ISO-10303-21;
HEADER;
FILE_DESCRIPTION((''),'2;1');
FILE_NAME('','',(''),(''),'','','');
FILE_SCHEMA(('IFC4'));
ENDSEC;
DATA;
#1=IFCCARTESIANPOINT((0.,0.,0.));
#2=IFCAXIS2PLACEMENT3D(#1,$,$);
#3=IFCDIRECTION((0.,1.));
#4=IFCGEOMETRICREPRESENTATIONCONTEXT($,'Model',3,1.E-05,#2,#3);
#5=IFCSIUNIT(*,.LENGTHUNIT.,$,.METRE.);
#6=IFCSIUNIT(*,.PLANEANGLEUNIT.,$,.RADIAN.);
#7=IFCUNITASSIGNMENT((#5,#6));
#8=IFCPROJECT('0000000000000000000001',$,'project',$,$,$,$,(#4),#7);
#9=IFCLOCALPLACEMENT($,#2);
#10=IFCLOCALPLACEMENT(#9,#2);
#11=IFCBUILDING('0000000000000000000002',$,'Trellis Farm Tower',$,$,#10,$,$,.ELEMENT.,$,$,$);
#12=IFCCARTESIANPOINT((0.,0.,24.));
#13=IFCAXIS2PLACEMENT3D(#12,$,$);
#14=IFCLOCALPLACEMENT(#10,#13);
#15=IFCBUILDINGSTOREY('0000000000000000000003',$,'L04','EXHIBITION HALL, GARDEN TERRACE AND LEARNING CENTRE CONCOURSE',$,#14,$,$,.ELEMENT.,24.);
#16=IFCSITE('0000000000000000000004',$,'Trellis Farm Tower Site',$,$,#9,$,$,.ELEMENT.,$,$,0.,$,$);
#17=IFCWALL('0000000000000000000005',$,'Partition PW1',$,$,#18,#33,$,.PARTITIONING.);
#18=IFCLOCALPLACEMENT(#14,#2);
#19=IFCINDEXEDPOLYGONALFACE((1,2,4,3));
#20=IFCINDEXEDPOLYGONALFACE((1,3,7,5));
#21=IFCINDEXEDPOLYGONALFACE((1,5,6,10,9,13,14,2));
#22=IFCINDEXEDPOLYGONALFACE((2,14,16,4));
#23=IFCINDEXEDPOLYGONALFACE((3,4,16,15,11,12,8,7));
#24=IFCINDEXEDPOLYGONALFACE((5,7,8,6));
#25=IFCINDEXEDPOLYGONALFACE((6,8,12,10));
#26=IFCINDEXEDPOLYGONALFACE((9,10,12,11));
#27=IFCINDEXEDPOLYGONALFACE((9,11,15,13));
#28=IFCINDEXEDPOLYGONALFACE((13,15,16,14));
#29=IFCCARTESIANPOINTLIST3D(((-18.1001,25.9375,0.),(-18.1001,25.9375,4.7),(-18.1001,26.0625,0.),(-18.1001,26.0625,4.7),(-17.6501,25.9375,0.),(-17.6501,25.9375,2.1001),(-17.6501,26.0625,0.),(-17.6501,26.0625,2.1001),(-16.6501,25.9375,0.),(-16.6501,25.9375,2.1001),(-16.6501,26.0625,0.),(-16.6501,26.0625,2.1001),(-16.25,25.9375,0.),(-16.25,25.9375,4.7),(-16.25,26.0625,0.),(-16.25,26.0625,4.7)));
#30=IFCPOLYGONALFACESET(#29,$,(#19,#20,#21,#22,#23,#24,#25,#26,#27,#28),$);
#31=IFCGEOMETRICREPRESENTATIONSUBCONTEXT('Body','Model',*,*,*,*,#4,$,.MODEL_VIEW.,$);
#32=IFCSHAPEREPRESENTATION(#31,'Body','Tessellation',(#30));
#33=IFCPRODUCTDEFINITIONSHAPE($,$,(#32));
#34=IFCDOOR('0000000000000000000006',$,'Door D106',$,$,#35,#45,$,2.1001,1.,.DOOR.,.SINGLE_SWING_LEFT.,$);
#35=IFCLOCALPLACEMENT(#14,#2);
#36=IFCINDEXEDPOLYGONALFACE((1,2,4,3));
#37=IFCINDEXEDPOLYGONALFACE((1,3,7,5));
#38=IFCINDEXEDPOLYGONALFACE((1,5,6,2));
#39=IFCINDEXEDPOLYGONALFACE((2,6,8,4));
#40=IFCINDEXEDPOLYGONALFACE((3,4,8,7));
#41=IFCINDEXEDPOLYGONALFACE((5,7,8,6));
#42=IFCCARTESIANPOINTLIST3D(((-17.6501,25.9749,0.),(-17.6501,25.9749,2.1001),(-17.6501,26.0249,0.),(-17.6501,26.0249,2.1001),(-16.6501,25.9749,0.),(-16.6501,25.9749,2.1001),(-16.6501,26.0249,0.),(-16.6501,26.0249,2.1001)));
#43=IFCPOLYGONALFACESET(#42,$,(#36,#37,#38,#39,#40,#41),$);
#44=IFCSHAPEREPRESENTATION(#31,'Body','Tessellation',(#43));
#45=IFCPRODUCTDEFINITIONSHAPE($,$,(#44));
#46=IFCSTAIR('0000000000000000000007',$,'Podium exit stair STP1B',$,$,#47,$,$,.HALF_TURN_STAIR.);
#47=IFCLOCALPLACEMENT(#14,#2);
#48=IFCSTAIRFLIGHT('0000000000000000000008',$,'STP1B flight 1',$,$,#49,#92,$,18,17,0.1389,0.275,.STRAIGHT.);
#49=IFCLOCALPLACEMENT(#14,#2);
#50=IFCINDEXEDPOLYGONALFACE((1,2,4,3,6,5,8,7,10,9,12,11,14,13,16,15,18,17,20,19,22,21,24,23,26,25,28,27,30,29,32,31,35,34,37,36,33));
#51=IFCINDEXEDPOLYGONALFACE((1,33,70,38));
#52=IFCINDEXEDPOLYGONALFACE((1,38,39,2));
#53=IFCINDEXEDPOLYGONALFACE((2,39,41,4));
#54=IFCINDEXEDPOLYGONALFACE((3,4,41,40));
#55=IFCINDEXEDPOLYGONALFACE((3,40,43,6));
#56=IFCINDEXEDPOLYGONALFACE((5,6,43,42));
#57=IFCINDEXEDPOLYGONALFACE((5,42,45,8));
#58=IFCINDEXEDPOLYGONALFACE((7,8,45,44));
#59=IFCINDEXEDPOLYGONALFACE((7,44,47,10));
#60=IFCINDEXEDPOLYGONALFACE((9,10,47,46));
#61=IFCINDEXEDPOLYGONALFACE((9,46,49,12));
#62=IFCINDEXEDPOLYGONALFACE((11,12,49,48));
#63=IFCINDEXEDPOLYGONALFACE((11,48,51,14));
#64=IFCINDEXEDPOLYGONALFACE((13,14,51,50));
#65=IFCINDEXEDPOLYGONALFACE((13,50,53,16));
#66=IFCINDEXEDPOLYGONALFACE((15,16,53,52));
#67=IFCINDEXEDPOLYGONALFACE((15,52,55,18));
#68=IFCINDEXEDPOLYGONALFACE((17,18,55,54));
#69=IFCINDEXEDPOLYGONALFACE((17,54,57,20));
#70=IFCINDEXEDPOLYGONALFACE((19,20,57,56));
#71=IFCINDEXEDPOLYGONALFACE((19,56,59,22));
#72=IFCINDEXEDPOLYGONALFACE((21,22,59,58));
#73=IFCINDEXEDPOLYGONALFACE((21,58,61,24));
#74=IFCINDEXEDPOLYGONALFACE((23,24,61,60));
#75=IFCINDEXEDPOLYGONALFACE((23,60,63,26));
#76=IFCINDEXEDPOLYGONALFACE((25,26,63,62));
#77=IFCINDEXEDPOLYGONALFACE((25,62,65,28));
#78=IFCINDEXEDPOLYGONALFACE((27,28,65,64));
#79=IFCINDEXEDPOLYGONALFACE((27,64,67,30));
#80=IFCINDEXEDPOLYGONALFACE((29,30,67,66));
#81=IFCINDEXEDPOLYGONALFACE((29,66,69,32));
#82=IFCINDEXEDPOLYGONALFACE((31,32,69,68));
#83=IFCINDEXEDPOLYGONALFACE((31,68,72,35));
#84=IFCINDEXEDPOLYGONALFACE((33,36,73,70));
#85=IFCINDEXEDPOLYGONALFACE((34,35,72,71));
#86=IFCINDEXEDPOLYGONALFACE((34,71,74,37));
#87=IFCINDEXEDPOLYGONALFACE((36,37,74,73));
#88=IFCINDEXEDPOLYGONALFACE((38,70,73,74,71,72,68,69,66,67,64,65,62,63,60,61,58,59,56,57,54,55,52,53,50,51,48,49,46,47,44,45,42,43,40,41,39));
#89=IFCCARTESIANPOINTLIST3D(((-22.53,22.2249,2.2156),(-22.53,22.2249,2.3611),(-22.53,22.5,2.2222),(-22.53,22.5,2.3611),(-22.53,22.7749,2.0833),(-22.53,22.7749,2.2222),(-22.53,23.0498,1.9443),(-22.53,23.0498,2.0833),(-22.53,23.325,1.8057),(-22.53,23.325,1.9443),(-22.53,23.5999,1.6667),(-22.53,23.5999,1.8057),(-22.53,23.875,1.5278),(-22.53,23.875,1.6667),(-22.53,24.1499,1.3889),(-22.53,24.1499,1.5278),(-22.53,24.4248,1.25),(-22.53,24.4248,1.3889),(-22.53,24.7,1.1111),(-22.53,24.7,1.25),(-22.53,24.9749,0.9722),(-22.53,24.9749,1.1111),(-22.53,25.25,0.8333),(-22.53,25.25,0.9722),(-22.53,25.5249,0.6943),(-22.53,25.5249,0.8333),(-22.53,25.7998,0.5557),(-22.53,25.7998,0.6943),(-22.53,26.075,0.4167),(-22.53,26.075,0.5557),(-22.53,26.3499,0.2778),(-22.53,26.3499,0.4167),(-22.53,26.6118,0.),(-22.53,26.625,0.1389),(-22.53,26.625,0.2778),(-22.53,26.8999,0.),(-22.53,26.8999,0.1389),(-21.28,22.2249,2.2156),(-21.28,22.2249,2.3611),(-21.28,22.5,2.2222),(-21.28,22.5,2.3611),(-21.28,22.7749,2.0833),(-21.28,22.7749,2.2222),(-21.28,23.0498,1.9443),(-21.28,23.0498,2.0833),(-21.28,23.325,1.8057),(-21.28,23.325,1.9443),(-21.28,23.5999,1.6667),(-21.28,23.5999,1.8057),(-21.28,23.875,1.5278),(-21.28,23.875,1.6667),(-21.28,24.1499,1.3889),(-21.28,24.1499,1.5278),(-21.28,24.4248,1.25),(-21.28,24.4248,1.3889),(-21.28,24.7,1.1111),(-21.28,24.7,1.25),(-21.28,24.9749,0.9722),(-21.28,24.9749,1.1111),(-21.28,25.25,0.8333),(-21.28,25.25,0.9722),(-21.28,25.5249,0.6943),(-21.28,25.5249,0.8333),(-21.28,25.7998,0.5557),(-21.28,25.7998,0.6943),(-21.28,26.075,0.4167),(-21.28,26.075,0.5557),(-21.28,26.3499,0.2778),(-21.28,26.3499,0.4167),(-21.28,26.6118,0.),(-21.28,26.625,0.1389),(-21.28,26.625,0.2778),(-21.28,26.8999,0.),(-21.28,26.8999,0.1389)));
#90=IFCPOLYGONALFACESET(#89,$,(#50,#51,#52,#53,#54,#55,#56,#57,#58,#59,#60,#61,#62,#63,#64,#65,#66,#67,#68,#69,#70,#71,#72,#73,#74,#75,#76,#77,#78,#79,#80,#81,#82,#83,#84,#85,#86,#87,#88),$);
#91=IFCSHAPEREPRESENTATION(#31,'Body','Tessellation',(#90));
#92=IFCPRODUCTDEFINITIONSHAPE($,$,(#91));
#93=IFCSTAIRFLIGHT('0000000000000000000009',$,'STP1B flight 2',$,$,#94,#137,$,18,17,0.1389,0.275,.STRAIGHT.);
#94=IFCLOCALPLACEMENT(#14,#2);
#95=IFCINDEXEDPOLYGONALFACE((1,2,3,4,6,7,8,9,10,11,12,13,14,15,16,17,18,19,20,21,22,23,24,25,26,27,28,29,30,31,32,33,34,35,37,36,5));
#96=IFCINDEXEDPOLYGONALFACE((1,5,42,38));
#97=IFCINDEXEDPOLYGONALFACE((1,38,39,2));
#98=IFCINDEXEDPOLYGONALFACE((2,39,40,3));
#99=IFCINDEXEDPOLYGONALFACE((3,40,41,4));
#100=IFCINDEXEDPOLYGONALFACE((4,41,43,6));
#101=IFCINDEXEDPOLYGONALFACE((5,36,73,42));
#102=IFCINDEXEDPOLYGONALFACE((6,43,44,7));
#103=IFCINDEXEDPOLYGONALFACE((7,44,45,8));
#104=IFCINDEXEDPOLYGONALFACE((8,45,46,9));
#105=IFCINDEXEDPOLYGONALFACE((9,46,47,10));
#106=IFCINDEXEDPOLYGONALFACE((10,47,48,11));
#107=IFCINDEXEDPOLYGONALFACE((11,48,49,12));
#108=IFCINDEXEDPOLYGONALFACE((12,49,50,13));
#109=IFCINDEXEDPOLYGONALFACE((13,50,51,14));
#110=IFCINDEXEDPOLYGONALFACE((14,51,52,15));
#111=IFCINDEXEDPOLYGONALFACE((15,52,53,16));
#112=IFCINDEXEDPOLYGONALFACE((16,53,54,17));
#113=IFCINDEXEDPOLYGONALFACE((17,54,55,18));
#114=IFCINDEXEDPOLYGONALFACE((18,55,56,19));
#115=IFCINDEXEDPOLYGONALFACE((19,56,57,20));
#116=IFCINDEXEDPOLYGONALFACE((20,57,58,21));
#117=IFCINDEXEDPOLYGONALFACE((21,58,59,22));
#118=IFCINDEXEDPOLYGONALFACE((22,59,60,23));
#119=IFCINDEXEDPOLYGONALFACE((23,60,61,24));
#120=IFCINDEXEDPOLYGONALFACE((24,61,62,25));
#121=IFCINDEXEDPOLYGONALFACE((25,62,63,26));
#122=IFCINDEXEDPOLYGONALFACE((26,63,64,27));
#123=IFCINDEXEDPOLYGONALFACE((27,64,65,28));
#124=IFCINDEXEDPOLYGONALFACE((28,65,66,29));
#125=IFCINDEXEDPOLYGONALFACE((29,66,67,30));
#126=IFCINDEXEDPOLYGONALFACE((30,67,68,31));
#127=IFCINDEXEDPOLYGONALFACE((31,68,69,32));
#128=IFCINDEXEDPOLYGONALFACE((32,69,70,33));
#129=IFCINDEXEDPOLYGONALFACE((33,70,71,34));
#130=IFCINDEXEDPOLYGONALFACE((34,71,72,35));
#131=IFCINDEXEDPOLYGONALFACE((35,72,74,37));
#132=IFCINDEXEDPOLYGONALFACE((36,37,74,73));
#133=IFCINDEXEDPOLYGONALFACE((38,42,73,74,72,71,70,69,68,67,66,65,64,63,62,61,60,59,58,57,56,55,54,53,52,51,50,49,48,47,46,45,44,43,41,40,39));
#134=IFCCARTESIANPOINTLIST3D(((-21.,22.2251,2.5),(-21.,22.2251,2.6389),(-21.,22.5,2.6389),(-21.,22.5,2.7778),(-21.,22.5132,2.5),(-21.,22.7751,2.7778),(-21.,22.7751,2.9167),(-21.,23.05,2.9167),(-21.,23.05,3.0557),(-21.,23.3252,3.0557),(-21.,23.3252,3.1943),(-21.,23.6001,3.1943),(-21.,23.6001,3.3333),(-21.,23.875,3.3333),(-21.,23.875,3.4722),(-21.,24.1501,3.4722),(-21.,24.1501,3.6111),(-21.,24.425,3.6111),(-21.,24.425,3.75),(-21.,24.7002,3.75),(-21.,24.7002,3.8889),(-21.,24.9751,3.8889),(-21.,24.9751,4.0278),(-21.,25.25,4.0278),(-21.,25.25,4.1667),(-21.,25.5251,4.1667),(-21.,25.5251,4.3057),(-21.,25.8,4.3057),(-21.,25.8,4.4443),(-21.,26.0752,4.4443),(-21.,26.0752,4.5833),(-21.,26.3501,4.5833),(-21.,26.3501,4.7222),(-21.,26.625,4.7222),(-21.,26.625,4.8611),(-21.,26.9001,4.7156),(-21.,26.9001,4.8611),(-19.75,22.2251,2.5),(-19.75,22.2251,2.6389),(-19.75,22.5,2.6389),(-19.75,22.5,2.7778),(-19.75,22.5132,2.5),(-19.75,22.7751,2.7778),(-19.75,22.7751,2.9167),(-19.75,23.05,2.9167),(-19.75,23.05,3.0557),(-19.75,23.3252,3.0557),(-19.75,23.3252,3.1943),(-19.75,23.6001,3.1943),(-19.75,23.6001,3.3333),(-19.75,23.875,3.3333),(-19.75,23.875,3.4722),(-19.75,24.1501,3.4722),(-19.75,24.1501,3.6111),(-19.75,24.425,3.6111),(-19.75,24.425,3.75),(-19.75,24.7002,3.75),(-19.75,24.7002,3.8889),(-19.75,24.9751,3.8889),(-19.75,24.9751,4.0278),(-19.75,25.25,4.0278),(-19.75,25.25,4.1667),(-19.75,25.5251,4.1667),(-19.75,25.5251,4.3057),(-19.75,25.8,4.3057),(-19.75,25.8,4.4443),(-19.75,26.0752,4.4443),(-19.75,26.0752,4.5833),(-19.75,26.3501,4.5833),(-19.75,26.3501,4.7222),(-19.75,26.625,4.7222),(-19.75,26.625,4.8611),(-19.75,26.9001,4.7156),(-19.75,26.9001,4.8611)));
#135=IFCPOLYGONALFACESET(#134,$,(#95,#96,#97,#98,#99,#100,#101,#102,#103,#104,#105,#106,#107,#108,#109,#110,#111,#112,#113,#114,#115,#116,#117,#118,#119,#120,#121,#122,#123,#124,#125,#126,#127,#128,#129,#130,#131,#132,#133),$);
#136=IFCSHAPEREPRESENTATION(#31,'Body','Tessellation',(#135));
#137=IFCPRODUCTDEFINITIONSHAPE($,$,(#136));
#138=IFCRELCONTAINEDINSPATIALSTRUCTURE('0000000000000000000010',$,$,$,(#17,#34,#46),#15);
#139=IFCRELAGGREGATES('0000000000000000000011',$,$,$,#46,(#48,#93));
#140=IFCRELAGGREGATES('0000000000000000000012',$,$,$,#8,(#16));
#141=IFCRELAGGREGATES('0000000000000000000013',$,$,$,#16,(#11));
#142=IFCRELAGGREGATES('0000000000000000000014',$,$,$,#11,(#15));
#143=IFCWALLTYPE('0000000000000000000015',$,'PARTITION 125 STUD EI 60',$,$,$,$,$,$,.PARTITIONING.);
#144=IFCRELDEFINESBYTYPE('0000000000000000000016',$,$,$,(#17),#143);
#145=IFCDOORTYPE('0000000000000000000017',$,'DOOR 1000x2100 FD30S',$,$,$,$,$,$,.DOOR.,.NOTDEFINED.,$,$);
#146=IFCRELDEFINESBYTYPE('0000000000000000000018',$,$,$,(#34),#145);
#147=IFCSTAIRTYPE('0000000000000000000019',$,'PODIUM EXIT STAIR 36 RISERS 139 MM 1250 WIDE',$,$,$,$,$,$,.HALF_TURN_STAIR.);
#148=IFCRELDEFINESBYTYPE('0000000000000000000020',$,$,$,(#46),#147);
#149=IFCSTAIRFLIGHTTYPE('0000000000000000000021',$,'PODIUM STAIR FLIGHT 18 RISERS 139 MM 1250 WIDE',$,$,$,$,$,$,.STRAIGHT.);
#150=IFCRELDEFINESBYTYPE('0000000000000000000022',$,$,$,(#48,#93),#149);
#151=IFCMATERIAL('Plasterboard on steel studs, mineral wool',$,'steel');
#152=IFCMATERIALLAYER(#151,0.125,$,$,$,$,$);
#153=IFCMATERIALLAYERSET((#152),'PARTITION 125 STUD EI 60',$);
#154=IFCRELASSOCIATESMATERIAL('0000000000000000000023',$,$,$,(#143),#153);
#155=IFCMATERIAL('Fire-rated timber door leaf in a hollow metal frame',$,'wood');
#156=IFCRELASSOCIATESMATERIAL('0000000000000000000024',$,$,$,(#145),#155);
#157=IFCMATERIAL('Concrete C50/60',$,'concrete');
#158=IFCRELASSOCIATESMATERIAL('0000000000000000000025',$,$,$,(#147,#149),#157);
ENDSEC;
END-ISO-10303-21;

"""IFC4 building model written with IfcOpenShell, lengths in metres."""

from ifc_helpers import new_model, si_unit, direction, frame, frame_2d, origin, place, context, subcontext, project, spatial, polyline, rectangle, outline, extrude, source, transform, mapped, material, layer, layer_set, type_object, element, fill, aggregate, save


model = new_model("IFC4")

# Units and contexts
model_context = context("Model", 3, precision=1e-05, world=origin(), true_north=direction((0.0, 1.0)))
body_context = subcontext(model_context, "Body", "Model", "MODEL_VIEW")
ifc_project = project(units=[si_unit("LENGTHUNIT", "METRE"), si_unit("PLANEANGLEUNIT", "RADIAN")], contexts=[model_context])

# Site, building, storey
site_placement = place(None, origin())
site = spatial("IfcSite", under=ifc_project, at=site_placement, Name="Trellis Farm Tower Site", CompositionType="ELEMENT", RefElevation=0.0)
building_placement = place(site_placement, origin())
building = spatial("IfcBuilding", under=site, at=building_placement, Name="Trellis Farm Tower", CompositionType="ELEMENT")
storey_placement = place(building_placement, frame((0.0, 0.0, 24.0)))
storey = spatial("IfcBuildingStorey", under=building, at=storey_placement, Name="L04", Description="EXHIBITION HALL, GARDEN TERRACE AND LEARNING CENTRE CONCOURSE", CompositionType="ELEMENT", Elevation=24.0)

# Shared definitions
ifc_material_1 = material(Name="Fire-rated timber door leaf in a hollow metal frame", Category="wood")
shared_shape_1 = source(origin(), body_context, "Body", "SweptSolid", [
    extrude(rectangle(XDim=1.0, YDim=2.1001, at=frame_2d((0.5, 1.05))), frame((0.0, 0.0249, 0.0), z_axis=(0.0, -1.0, 0.0), x_axis=(1.0, 0.0, 0.0)), (0.0, 0.0, 1.0), 0.05),
])

# Wall, opening, door
ifc_material_2 = material(Name="Plasterboard on steel studs, mineral wool", Category="steel")
ifc_layer_1 = layer(ifc_material_2, 0.125)
ifc_layer_set_1 = layer_set([ifc_layer_1], Name="PARTITION 125 STUD EI 60")
wall_type_1 = type_object("IfcWallType", Name="PARTITION 125 STUD EI 60", PredefinedType="PARTITIONING", material=ifc_layer_set_1)
shared_shape_2 = source(origin(), body_context, "Body", "SweptSolid", [
    extrude(rectangle(XDim=1.8501, YDim=0.125, at=frame_2d((0.925, 0.0))), origin(), (0.0, 0.0, 1.0), 4.7),
])
wall_1_placement = place(storey_placement, frame((-18.1001, 26.0, 0.0), z_axis=(0.0, 0.0, 1.0), x_axis=(1.0, 0.0, 0.0)))
wall_1 = element("IfcWall", 1, at=wall_1_placement, inside=storey, type_object=wall_type_1, Name="Partition PW1", PredefinedType="PARTITIONING", context=body_context, shape_type="MappedRepresentation", body=[
    mapped(shared_shape_2, transform((0.0, 0.0, 0.0))),
])
shared_shape_3 = source(origin(), body_context, "Body", "SweptSolid", [
    extrude(rectangle(XDim=1.0, YDim=2.1001, at=frame_2d((0.5, 1.05))), frame((0.0, 0.0725, 0.0), z_axis=(0.0, -1.0, 0.0), x_axis=(1.0, 0.0, 0.0)), (0.0, 0.0, 1.0), 0.145),
])
opening_1_placement = place(wall_1_placement, frame((0.45, 0.0, 0.0)))
opening_1 = element("IfcOpeningElement", 2, at=opening_1_placement, cuts=wall_1, PredefinedType="OPENING", context=body_context, shape_type="MappedRepresentation", body=[
    mapped(shared_shape_3, transform((0.0, 0.0, 0.0))),
])
door_type_1 = type_object("IfcDoorType", Name="DOOR 1000x2100 FD30S", OperationType="NOTDEFINED", PredefinedType="DOOR", material=ifc_material_1)
door_1_placement = place(opening_1_placement, origin())
door_1 = element("IfcDoor", 3, at=door_1_placement, inside=storey, type_object=door_type_1, Name="Door D106", OperationType="SINGLE_SWING_LEFT", OverallHeight=2.1001, OverallWidth=1.0, PredefinedType="DOOR", context=body_context, shape_type="MappedRepresentation", body=[
    mapped(shared_shape_1, transform((0.0, 0.0, 0.0))),
])
fill(opening_1, door_1)

# Stair, stair flights
ifc_material_3 = material(Name="Concrete C50/60", Category="concrete")
stair_type = type_object("IfcStairType", Name="PODIUM EXIT STAIR 36 RISERS 139 MM 1250 WIDE", PredefinedType="HALF_TURN_STAIR", material=ifc_material_3)
stair_placement = place(storey_placement, origin())
stair = element("IfcStair", 4, at=stair_placement, inside=storey, type_object=stair_type, Name="Podium exit stair STP1B", PredefinedType="HALF_TURN_STAIR")
stair_flight_type = type_object("IfcStairFlightType", Name="PODIUM STAIR FLIGHT 18 RISERS 139 MM 1250 WIDE", PredefinedType="STRAIGHT", material=ifc_material_3)
shared_shape_4 = source(origin(), body_context, "Body", "SweptSolid", [
    extrude(outline(polyline([(0.0, 0.0), (0.0, 0.1389), (0.2749, 0.1389), (0.2749, 0.2778), (0.55, 0.2778), (0.55, 0.4167), (0.825, 0.4167), (0.825, 0.5557), (1.1001, 0.5557), (1.1001, 0.6943), (1.375, 0.6943), (1.375, 0.8333), (1.6499, 0.8333), (1.6499, 0.9722), (1.925, 0.9722), (1.925, 1.1111), (2.2, 1.1111), (2.2, 1.25), (2.4751, 1.25), (2.4751, 1.3889), (2.75, 1.3889), (2.75, 1.5278), (3.0249, 1.5278), (3.0249, 1.6667), (3.3, 1.6667), (3.3, 1.8057), (3.575, 1.8057), (3.575, 1.9443), (3.8501, 1.9443), (3.8501, 2.0833), (4.125, 2.0833), (4.125, 2.2222), (4.3999, 2.2222), (4.3999, 2.3611), (4.675, 2.3611), (4.675, 2.5), (4.675, 2.2156), (0.2881, 0.0), (0.0, 0.0)])), frame((0.0, 0.625, 0.0), z_axis=(0.0, -1.0, 0.0), x_axis=(1.0, 0.0, 0.0)), (0.0, 0.0, 1.0), 1.25),
])
stair_flight_1_placement = place(storey_placement, frame((-21.905, 26.8999, 0.0), z_axis=(0.0, 0.0, 1.0), x_axis=(0.0, -1.0, 0.0)))
stair_flight_1 = element("IfcStairFlight", 5, at=stair_flight_1_placement, type_object=stair_flight_type, Name="STP1B flight 1", NumberOfRisers=18, NumberOfTreads=17, PredefinedType="STRAIGHT", RiserHeight=0.1389, TreadLength=0.275, context=body_context, shape_type="MappedRepresentation", body=[
    mapped(shared_shape_4, transform((0.0, 0.0, 0.0))),
])
stair_flight_2_placement = place(storey_placement, frame((-20.375, 22.2251, 2.5), z_axis=(0.0, 0.0, 1.0), x_axis=(0.0, 1.0, 0.0)))
stair_flight_2 = element("IfcStairFlight", 6, at=stair_flight_2_placement, type_object=stair_flight_type, Name="STP1B flight 2", NumberOfRisers=18, NumberOfTreads=17, PredefinedType="STRAIGHT", RiserHeight=0.1389, TreadLength=0.275, context=body_context, shape_type="MappedRepresentation", body=[
    mapped(shared_shape_4, transform((0.0, 0.0, 0.0))),
])
aggregate(stair, [stair_flight_1, stair_flight_2])

save(model, "model.ifc")
